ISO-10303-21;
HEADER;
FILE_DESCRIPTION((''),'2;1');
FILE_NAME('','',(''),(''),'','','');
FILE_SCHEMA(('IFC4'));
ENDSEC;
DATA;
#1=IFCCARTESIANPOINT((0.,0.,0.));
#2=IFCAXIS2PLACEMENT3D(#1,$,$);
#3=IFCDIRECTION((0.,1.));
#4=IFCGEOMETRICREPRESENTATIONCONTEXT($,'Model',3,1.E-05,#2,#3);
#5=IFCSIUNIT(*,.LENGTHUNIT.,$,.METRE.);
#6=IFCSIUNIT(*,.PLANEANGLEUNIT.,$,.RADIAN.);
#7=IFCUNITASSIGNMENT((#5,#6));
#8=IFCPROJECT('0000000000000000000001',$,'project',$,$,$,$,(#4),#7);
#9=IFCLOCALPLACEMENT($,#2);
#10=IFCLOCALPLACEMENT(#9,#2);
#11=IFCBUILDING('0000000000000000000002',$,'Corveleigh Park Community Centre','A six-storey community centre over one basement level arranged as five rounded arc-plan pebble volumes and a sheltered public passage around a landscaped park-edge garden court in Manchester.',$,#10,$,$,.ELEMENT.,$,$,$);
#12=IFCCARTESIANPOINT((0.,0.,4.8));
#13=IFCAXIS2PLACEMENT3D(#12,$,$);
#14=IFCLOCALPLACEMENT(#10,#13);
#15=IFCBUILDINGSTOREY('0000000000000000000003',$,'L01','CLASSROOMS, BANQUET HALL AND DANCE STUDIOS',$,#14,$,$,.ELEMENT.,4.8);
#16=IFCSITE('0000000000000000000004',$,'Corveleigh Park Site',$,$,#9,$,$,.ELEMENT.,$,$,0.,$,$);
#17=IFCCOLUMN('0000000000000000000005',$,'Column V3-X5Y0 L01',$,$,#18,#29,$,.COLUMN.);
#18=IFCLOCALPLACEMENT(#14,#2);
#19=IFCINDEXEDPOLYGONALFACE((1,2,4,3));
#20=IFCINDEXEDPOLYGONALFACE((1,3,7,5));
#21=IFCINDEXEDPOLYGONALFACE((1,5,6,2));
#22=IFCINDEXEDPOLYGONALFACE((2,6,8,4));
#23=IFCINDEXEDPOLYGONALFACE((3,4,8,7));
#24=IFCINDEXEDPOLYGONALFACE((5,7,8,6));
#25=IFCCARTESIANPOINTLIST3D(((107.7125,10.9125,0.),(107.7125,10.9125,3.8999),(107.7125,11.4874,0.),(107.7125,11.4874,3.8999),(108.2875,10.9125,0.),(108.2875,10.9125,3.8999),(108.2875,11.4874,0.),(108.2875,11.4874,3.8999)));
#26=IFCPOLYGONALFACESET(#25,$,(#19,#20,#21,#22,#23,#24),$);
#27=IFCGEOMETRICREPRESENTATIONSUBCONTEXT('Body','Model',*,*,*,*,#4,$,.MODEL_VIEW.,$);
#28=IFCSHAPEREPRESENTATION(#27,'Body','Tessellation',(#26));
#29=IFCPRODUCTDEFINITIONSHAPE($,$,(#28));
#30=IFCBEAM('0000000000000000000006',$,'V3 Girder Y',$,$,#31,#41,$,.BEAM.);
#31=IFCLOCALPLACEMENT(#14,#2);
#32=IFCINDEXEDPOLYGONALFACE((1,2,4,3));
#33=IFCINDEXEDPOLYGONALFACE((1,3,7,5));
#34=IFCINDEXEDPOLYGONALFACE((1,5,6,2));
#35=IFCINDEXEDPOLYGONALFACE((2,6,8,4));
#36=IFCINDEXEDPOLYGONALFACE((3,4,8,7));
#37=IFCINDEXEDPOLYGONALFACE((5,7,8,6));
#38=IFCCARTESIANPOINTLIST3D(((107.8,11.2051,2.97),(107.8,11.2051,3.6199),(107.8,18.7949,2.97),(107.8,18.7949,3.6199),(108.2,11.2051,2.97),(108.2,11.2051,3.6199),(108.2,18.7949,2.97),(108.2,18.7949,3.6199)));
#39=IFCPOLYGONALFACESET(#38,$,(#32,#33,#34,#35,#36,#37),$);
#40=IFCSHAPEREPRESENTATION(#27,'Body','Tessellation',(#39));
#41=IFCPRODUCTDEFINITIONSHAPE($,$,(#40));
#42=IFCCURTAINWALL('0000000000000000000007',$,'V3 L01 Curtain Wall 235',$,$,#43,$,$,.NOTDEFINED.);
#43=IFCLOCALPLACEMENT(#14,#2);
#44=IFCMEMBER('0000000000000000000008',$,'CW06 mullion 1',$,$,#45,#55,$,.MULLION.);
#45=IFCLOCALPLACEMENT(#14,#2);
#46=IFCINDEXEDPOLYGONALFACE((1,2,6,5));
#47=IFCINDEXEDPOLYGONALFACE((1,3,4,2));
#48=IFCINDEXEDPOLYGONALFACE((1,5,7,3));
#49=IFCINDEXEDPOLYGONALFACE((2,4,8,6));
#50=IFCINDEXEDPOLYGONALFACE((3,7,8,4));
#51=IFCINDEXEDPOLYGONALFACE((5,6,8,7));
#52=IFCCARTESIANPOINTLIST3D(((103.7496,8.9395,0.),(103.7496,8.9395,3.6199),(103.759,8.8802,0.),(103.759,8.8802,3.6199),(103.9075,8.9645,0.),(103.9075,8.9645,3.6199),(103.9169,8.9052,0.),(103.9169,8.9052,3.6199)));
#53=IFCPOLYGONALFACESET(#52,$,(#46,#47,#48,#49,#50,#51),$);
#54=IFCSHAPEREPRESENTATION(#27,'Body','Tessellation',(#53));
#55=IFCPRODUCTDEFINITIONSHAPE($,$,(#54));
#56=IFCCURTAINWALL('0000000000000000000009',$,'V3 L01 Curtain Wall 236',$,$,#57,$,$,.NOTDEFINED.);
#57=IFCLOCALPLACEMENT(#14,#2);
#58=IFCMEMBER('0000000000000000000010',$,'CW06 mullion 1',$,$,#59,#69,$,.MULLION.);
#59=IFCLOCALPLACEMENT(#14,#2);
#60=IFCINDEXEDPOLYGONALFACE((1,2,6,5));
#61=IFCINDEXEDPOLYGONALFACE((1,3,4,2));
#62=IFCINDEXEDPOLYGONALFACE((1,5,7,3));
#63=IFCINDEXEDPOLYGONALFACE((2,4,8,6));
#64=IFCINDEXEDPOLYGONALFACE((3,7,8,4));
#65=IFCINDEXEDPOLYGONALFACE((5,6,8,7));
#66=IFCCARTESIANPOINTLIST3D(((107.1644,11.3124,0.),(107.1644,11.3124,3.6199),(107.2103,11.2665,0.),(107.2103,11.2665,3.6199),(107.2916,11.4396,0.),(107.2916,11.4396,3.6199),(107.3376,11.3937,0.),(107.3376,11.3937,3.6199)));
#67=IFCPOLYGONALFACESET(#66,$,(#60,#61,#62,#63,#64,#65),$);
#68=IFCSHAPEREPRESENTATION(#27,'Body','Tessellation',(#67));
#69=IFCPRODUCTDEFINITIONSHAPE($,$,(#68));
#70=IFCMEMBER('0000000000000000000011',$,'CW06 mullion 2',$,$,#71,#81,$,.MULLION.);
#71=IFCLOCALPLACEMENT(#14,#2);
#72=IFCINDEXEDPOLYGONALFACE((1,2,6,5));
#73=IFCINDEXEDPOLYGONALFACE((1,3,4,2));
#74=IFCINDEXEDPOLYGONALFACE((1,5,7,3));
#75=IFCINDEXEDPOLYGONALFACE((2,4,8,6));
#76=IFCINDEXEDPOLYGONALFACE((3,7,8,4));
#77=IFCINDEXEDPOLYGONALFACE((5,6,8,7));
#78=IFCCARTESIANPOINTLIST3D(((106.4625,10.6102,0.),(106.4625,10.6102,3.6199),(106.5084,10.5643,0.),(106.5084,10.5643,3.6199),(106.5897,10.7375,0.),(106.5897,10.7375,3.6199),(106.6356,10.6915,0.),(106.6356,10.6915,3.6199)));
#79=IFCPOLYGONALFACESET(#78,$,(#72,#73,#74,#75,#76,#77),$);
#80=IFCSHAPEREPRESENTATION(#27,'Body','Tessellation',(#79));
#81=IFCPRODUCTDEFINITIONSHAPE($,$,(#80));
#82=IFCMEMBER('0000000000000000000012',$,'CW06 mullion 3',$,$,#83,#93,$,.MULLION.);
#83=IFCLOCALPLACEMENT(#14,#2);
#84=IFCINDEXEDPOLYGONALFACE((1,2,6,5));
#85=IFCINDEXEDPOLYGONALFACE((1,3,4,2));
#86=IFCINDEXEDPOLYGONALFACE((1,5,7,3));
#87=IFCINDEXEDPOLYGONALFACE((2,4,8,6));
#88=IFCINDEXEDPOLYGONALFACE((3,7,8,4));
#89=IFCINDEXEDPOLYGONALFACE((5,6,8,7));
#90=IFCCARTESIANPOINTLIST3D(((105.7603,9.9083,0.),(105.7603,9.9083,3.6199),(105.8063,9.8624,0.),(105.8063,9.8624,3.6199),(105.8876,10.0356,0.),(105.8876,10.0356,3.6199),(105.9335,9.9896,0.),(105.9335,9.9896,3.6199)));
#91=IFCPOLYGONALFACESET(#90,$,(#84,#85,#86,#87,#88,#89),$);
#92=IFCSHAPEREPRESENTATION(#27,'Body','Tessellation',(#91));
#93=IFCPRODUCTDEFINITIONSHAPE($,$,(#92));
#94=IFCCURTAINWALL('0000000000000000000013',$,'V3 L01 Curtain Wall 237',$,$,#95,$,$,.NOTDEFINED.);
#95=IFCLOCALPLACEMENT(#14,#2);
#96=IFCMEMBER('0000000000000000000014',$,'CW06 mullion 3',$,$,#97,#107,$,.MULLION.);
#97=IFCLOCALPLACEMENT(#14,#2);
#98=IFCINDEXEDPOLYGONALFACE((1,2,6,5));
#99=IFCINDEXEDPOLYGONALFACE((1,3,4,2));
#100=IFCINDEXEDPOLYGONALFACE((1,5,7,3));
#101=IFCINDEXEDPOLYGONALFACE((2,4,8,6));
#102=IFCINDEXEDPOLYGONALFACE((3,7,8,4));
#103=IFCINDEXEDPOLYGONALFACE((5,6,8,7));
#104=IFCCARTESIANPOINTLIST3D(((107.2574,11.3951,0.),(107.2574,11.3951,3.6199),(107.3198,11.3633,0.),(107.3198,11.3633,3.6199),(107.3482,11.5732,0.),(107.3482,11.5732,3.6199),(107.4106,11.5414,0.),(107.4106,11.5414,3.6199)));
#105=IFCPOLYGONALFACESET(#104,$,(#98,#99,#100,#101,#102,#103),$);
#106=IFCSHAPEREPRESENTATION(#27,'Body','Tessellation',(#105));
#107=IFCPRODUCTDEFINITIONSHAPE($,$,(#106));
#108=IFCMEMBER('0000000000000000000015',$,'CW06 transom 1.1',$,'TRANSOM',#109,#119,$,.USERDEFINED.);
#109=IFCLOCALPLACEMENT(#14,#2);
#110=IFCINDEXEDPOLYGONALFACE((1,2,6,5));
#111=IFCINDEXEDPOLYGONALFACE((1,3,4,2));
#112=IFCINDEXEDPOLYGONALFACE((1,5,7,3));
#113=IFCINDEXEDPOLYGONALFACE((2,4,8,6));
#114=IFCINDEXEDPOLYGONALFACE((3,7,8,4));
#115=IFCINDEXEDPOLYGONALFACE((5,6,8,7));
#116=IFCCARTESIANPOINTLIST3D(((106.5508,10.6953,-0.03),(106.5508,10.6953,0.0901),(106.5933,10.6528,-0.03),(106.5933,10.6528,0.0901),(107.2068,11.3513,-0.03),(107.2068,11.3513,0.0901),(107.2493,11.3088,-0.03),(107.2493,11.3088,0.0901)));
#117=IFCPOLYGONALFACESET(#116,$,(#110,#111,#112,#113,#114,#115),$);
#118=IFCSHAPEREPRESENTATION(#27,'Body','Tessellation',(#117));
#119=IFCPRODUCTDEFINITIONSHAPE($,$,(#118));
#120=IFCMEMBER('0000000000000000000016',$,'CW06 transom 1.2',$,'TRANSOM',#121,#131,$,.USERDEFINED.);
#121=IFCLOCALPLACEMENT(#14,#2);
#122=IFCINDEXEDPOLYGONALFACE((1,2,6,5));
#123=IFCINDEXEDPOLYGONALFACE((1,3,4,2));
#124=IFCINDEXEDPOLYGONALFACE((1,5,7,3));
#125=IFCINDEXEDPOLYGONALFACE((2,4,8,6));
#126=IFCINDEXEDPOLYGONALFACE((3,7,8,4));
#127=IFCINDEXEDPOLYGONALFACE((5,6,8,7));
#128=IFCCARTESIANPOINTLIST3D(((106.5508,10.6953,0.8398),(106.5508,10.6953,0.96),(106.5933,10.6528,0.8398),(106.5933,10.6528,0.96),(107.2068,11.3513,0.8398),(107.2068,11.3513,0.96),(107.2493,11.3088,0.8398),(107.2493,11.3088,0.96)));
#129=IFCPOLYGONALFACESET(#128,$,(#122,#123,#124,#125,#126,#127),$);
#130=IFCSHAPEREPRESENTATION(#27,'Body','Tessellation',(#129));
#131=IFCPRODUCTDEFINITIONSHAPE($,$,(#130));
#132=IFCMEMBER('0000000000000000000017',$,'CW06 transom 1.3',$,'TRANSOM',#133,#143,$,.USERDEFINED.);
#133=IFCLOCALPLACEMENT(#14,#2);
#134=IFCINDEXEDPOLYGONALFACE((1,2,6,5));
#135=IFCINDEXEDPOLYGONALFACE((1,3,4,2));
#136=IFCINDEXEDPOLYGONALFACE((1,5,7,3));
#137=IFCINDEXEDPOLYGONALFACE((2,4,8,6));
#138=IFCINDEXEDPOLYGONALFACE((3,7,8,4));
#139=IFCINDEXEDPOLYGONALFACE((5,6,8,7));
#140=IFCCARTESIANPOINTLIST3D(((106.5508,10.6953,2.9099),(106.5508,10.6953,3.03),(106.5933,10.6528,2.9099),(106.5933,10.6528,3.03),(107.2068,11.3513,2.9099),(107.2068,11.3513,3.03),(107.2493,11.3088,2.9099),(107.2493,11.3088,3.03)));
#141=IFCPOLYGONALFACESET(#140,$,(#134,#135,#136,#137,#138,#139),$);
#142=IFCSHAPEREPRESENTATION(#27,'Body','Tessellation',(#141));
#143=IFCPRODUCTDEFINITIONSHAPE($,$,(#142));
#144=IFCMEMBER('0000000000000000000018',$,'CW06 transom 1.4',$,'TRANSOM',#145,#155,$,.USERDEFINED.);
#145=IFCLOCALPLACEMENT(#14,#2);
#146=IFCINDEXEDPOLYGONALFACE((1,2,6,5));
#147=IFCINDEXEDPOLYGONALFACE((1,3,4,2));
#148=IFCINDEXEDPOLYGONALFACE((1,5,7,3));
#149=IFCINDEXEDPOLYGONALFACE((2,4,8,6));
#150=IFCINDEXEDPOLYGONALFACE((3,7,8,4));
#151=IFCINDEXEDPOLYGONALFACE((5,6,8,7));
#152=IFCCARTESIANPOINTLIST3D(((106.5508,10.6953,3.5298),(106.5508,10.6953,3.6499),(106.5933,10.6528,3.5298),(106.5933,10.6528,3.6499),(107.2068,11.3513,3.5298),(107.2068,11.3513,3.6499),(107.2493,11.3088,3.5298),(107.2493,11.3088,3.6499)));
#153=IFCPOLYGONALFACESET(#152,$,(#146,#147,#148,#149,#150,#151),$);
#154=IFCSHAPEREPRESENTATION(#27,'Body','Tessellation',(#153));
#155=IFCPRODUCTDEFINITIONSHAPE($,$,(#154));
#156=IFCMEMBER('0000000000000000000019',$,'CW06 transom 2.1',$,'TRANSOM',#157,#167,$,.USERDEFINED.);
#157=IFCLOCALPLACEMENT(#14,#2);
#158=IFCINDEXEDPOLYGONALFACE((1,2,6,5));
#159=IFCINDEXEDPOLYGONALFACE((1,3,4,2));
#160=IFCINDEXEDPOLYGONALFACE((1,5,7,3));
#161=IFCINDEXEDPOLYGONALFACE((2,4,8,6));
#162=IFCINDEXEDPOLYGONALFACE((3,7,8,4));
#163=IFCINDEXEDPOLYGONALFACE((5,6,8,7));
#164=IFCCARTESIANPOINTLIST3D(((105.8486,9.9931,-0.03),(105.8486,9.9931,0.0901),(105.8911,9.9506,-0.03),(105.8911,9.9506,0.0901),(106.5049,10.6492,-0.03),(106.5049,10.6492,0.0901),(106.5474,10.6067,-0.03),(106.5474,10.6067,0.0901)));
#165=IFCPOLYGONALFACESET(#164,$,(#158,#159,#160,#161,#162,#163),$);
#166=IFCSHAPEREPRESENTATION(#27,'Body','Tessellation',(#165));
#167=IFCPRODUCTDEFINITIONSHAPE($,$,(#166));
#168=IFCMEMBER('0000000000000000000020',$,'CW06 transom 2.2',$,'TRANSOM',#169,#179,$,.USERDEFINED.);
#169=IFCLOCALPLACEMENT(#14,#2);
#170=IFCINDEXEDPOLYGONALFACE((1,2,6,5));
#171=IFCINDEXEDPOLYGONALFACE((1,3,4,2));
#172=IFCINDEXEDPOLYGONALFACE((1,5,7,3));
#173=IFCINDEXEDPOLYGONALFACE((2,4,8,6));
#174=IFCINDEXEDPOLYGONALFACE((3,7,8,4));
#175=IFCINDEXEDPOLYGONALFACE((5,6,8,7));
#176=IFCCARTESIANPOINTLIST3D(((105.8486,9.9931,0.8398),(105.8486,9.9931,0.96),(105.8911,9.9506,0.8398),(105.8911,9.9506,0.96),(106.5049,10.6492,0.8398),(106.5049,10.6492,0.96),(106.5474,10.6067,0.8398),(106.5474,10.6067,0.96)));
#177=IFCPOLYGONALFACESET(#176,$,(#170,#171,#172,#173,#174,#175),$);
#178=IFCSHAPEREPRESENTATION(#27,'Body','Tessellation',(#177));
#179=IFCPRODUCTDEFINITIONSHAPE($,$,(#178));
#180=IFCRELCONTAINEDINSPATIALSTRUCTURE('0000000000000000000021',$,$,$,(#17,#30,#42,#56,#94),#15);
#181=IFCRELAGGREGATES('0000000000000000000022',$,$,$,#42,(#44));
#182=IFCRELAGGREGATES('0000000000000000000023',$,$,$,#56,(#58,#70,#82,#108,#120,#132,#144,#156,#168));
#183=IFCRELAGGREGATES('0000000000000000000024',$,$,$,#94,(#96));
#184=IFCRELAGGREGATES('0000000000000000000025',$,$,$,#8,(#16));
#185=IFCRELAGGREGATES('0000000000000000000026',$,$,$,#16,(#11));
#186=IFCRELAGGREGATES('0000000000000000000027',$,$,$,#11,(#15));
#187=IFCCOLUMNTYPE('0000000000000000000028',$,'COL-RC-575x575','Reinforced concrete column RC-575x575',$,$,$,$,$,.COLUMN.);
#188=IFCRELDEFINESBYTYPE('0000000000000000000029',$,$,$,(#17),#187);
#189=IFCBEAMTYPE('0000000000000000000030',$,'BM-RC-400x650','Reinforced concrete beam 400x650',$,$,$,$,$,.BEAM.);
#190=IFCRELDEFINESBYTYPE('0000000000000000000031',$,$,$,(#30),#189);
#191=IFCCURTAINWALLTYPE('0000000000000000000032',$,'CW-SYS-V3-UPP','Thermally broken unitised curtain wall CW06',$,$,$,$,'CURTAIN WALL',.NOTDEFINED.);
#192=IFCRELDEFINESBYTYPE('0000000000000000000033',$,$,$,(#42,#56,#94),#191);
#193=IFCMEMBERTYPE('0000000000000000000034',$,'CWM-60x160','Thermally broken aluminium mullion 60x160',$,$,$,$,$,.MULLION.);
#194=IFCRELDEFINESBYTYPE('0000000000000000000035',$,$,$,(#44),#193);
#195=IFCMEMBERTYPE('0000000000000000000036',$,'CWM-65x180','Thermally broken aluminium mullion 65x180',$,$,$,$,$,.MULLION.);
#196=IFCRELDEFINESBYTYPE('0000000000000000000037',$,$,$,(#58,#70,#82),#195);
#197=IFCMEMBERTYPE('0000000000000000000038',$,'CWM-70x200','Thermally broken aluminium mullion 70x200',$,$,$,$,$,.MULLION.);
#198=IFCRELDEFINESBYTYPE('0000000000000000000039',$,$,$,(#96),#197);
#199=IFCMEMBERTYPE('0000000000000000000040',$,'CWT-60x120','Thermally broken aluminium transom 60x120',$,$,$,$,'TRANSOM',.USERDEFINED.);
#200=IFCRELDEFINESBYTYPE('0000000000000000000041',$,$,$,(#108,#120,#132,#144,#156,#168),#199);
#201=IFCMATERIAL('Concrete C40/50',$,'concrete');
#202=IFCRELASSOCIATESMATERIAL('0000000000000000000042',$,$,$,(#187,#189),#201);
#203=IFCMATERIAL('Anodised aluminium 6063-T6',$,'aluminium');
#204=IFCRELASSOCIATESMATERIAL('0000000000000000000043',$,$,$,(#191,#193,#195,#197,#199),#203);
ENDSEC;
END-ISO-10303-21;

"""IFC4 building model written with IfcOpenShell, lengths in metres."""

from ifc_helpers import new_model, si_unit, direction, frame, origin, origin_2d, place, context, subcontext, project, spatial, rectangle, extrude, material, material_profile, profile_set, type_object, element, aggregate, save


model = new_model("IFC4")

# Units and contexts
model_context = context("Model", 3, precision=1e-05, world=origin(), true_north=direction((0.0, 1.0)))
body_context = subcontext(model_context, "Body", "Model", "MODEL_VIEW")
ifc_project = project(units=[si_unit("LENGTHUNIT", "METRE"), si_unit("PLANEANGLEUNIT", "RADIAN")], contexts=[model_context])

# Site, building, storey
site_placement = place(None, origin())
site = spatial("IfcSite", under=ifc_project, at=site_placement, Name="Corveleigh Park Site", CompositionType="ELEMENT", RefElevation=0.0)
building_placement = place(site_placement, origin())
building = spatial("IfcBuilding", under=site, at=building_placement, Name="Corveleigh Park Community Centre", Description="A six-storey community centre over one basement level arranged as five rounded arc-plan pebble volumes and a sheltered public passage around a landscaped park-edge garden court in Manchester.", CompositionType="ELEMENT")
storey_placement = place(building_placement, frame((0.0, 0.0, 4.8)))
storey = spatial("IfcBuildingStorey", under=building, at=storey_placement, Name="L01", Description="CLASSROOMS, BANQUET HALL AND DANCE STUDIOS", CompositionType="ELEMENT", Elevation=4.8)

# Column
ifc_material_1 = material(Name="Concrete C40/50", Category="concrete")
ifc_material_profile_1 = material_profile(ifc_material_1, rectangle(XDim=0.575, YDim=0.575, at=origin_2d()), Name="RC-575x575", Category="concrete")
ifc_profile_set_1 = profile_set([ifc_material_profile_1], Name="Concrete C40/50")
column_type = type_object("IfcColumnType", Name="COL-RC-575x575", Description="Reinforced concrete column RC-575x575", PredefinedType="COLUMN", material=ifc_profile_set_1)
column_placement = place(storey_placement, frame((108.0, 11.2, 0.0), z_axis=(0.0, 0.0, 1.0), x_axis=(1.0, 0.0, 0.0)))
element("IfcColumn", 1, at=column_placement, inside=storey, type_object=column_type, Name="Column V3-X5Y0 L01", PredefinedType="COLUMN", context=body_context, shape_type="SweptSolid", body=[
    extrude(rectangle(XDim=0.575, YDim=0.575, at=origin_2d()), origin(), (0.0, 0.0, 1.0), 3.8999),
])

# Beam
ifc_material_profile_2 = material_profile(ifc_material_1, rectangle(XDim=0.3999, YDim=0.6499, at=origin_2d()), Name="RC-400x650", Category="concrete")
ifc_profile_set_2 = profile_set([ifc_material_profile_2], Name="Concrete C40/50")
beam_type = type_object("IfcBeamType", Name="BM-RC-400x650", Description="Reinforced concrete beam 400x650", PredefinedType="BEAM", material=ifc_profile_set_2)
beam_placement = place(storey_placement, frame((108.0, 11.2051, 3.2949), z_axis=(0.0, 1.0, 0.0), x_axis=(-1.0, 0.0, 0.0)))
element("IfcBeam", 2, at=beam_placement, inside=storey, type_object=beam_type, Name="V3 Girder Y", PredefinedType="BEAM", context=body_context, shape_type="SweptSolid", body=[
    extrude(rectangle(XDim=0.3999, YDim=0.6499, at=origin_2d()), origin(), (0.0, 0.0, 1.0), 7.5898),
])

# Curtain wall, member
ifc_material_2 = material(Name="Anodised aluminium 6063-T6", Category="aluminium")
curtain_wall_type = type_object("IfcCurtainWallType", Name="CW-SYS-V3-UPP", Description="Thermally broken unitised curtain wall CW06", ElementType="CURTAIN WALL", PredefinedType="NOTDEFINED", material=ifc_material_2)
curtain_wall_1_placement = place(storey_placement, origin())
curtain_wall_1 = element("IfcCurtainWall", 3, at=curtain_wall_1_placement, inside=storey, type_object=curtain_wall_type, Name="V3 L01 Curtain Wall 235", PredefinedType="NOTDEFINED")
ifc_material_profile_3 = material_profile(ifc_material_2, rectangle(XDim=0.0601, YDim=0.1599, at=origin_2d()), Name="ALU-M60x160", Category="aluminium")
ifc_profile_set_3 = profile_set([ifc_material_profile_3], Name="Anodised aluminium 6063-T6")
member_type_1 = type_object("IfcMemberType", Name="CWM-60x160", Description="Thermally broken aluminium mullion 60x160", PredefinedType="MULLION", material=ifc_profile_set_3)
member_1_placement = place(storey_placement, frame((103.8333, 8.9224, 0.0), z_axis=(0.0, 0.0, 1.0), x_axis=(0.156604, -0.987661, 0.0)))
member_1 = element("IfcMember", 4, at=member_1_placement, type_object=member_type_1, Name="CW06 mullion 1", PredefinedType="MULLION", context=body_context, shape_type="SweptSolid", body=[
    extrude(rectangle(XDim=0.0601, YDim=0.1599, at=origin_2d()), origin(), (0.0, 0.0, 1.0), 3.6199),
])

# Curtain wall, members
curtain_wall_2_placement = place(storey_placement, origin())
curtain_wall_2 = element("IfcCurtainWall", 5, at=curtain_wall_2_placement, inside=storey, type_object=curtain_wall_type, Name="V3 L01 Curtain Wall 236", PredefinedType="NOTDEFINED")
ifc_material_profile_4 = material_profile(ifc_material_2, rectangle(XDim=0.0649, YDim=0.1799, at=origin_2d()), Name="ALU-M65x180", Category="aluminium")
ifc_profile_set_4 = profile_set([ifc_material_profile_4], Name="Anodised aluminium 6063-T6")
member_type_2 = type_object("IfcMemberType", Name="CWM-65x180", Description="Thermally broken aluminium mullion 65x180", PredefinedType="MULLION", material=ifc_profile_set_4)
member_2_placement = place(storey_placement, frame((107.251, 11.353, 0.0), z_axis=(0.0, 0.0, 1.0), x_axis=(0.707107, -0.707107, 0.0)))
member_2 = element("IfcMember", 6, at=member_2_placement, type_object=member_type_2, Name="CW06 mullion 1", PredefinedType="MULLION", context=body_context, shape_type="SweptSolid", body=[
    extrude(rectangle(XDim=0.0649, YDim=0.1799, at=origin_2d()), origin(), (0.0, 0.0, 1.0), 3.6199),
])
member_3_placement = place(storey_placement, frame((106.5491, 10.6509, 0.0), z_axis=(0.0, 0.0, 1.0), x_axis=(0.707107, -0.707107, 0.0)))
member_3 = element("IfcMember", 7, at=member_3_placement, type_object=member_type_2, Name="CW06 mullion 2", PredefinedType="MULLION", context=body_context, shape_type="SweptSolid", body=[
    extrude(rectangle(XDim=0.0649, YDim=0.1799, at=origin_2d()), origin(), (0.0, 0.0, 1.0), 3.6199),
])
member_4_placement = place(storey_placement, frame((105.8469, 9.949, 0.0), z_axis=(0.0, 0.0, 1.0), x_axis=(0.707107, -0.707107, 0.0)))
member_4 = element("IfcMember", 8, at=member_4_placement, type_object=member_type_2, Name="CW06 mullion 3", PredefinedType="MULLION", context=body_context, shape_type="SweptSolid", body=[
    extrude(rectangle(XDim=0.0649, YDim=0.1799, at=origin_2d()), origin(), (0.0, 0.0, 1.0), 3.6199),
])

# Curtain wall, member
curtain_wall_3_placement = place(storey_placement, origin())
curtain_wall_3 = element("IfcCurtainWall", 9, at=curtain_wall_3_placement, inside=storey, type_object=curtain_wall_type, Name="V3 L01 Curtain Wall 237", PredefinedType="NOTDEFINED")
ifc_material_profile_5 = material_profile(ifc_material_2, rectangle(XDim=0.0701, YDim=0.2, at=origin_2d()), Name="ALU-M70x200", Category="aluminium")
ifc_profile_set_5 = profile_set([ifc_material_profile_5], Name="Anodised aluminium 6063-T6")
member_type_3 = type_object("IfcMemberType", Name="CWM-70x200", Description="Thermally broken aluminium mullion 70x200", PredefinedType="MULLION", material=ifc_profile_set_5)
member_5_placement = place(storey_placement, frame((107.334, 11.4683, 0.0), z_axis=(0.0, 0.0, 1.0), x_axis=(0.890891, -0.454218, 0.0)))
member_5 = element("IfcMember", 10, at=member_5_placement, type_object=member_type_3, Name="CW06 mullion 3", PredefinedType="MULLION", context=body_context, shape_type="SweptSolid", body=[
    extrude(rectangle(XDim=0.0701, YDim=0.2, at=origin_2d()), origin(), (0.0, 0.0, 1.0), 3.6199),
])

# Members
ifc_material_profile_6 = material_profile(ifc_material_2, rectangle(XDim=0.0601, YDim=0.1201, at=origin_2d()), Name="ALU-T60x120", Category="aluminium")
ifc_profile_set_6 = profile_set([ifc_material_profile_6], Name="Anodised aluminium 6063-T6")
member_type_4 = type_object("IfcMemberType", Name="CWT-60x120", Description="Thermally broken aluminium transom 60x120", ElementType="TRANSOM", PredefinedType="USERDEFINED", material=ifc_profile_set_6)
member_6_placement = place(storey_placement, frame((107.228, 11.3301, 0.03), z_axis=(-0.707107, -0.707107, 0.0), x_axis=(0.707107, -0.707107, 0.0)))
member_6 = element("IfcMember", 11, at=member_6_placement, type_object=member_type_4, Name="CW06 transom 1.1", ObjectType="TRANSOM", PredefinedType="USERDEFINED", context=body_context, shape_type="SweptSolid", body=[
    extrude(rectangle(XDim=0.0601, YDim=0.1201, at=origin_2d()), origin(), (0.0, 0.0, 1.0), 0.9277),
])
member_7_placement = place(storey_placement, frame((107.228, 11.3301, 0.8999), z_axis=(-0.707107, -0.707107, 0.0), x_axis=(0.707107, -0.707107, 0.0)))
member_7 = element("IfcMember", 12, at=member_7_placement, type_object=member_type_4, Name="CW06 transom 1.2", ObjectType="TRANSOM", PredefinedType="USERDEFINED", context=body_context, shape_type="SweptSolid", body=[
    extrude(rectangle(XDim=0.0601, YDim=0.1201, at=origin_2d()), origin(), (0.0, 0.0, 1.0), 0.9277),
])
member_8_placement = place(storey_placement, frame((107.228, 11.3301, 2.97), z_axis=(-0.707107, -0.707107, 0.0), x_axis=(0.707107, -0.707107, 0.0)))
member_8 = element("IfcMember", 13, at=member_8_placement, type_object=member_type_4, Name="CW06 transom 1.3", ObjectType="TRANSOM", PredefinedType="USERDEFINED", context=body_context, shape_type="SweptSolid", body=[
    extrude(rectangle(XDim=0.0601, YDim=0.1201, at=origin_2d()), origin(), (0.0, 0.0, 1.0), 0.9277),
])
member_9_placement = place(storey_placement, frame((107.228, 11.3301, 3.5898), z_axis=(-0.707107, -0.707107, 0.0), x_axis=(0.707107, -0.707107, 0.0)))
member_9 = element("IfcMember", 14, at=member_9_placement, type_object=member_type_4, Name="CW06 transom 1.4", ObjectType="TRANSOM", PredefinedType="USERDEFINED", context=body_context, shape_type="SweptSolid", body=[
    extrude(rectangle(XDim=0.0601, YDim=0.1201, at=origin_2d()), origin(), (0.0, 0.0, 1.0), 0.9277),
])
member_10_placement = place(storey_placement, frame((106.5261, 10.6279, 0.03), z_axis=(-0.707238, -0.706975, 0.0), x_axis=(0.706975, -0.707238, 0.0)))
member_10 = element("IfcMember", 15, at=member_10_placement, type_object=member_type_4, Name="CW06 transom 2.1", ObjectType="TRANSOM", PredefinedType="USERDEFINED", context=body_context, shape_type="SweptSolid", body=[
    extrude(rectangle(XDim=0.0601, YDim=0.1201, at=origin_2d()), origin(), (0.0, 0.0, 1.0), 0.928),
])
member_11_placement = place(storey_placement, frame((106.5261, 10.6279, 0.8999), z_axis=(-0.707238, -0.706975, 0.0), x_axis=(0.706975, -0.707238, 0.0)))
member_11 = element("IfcMember", 16, at=member_11_placement, type_object=member_type_4, Name="CW06 transom 2.2", ObjectType="TRANSOM", PredefinedType="USERDEFINED", context=body_context, shape_type="SweptSolid", body=[
    extrude(rectangle(XDim=0.0601, YDim=0.1201, at=origin_2d()), origin(), (0.0, 0.0, 1.0), 0.928),
])
aggregate(curtain_wall_1, [member_1])

aggregate(curtain_wall_2, [member_2, member_3, member_4, member_6, member_7, member_8, member_9, member_10, member_11])
aggregate(curtain_wall_3, [member_5])

save(model, "model.ifc")
